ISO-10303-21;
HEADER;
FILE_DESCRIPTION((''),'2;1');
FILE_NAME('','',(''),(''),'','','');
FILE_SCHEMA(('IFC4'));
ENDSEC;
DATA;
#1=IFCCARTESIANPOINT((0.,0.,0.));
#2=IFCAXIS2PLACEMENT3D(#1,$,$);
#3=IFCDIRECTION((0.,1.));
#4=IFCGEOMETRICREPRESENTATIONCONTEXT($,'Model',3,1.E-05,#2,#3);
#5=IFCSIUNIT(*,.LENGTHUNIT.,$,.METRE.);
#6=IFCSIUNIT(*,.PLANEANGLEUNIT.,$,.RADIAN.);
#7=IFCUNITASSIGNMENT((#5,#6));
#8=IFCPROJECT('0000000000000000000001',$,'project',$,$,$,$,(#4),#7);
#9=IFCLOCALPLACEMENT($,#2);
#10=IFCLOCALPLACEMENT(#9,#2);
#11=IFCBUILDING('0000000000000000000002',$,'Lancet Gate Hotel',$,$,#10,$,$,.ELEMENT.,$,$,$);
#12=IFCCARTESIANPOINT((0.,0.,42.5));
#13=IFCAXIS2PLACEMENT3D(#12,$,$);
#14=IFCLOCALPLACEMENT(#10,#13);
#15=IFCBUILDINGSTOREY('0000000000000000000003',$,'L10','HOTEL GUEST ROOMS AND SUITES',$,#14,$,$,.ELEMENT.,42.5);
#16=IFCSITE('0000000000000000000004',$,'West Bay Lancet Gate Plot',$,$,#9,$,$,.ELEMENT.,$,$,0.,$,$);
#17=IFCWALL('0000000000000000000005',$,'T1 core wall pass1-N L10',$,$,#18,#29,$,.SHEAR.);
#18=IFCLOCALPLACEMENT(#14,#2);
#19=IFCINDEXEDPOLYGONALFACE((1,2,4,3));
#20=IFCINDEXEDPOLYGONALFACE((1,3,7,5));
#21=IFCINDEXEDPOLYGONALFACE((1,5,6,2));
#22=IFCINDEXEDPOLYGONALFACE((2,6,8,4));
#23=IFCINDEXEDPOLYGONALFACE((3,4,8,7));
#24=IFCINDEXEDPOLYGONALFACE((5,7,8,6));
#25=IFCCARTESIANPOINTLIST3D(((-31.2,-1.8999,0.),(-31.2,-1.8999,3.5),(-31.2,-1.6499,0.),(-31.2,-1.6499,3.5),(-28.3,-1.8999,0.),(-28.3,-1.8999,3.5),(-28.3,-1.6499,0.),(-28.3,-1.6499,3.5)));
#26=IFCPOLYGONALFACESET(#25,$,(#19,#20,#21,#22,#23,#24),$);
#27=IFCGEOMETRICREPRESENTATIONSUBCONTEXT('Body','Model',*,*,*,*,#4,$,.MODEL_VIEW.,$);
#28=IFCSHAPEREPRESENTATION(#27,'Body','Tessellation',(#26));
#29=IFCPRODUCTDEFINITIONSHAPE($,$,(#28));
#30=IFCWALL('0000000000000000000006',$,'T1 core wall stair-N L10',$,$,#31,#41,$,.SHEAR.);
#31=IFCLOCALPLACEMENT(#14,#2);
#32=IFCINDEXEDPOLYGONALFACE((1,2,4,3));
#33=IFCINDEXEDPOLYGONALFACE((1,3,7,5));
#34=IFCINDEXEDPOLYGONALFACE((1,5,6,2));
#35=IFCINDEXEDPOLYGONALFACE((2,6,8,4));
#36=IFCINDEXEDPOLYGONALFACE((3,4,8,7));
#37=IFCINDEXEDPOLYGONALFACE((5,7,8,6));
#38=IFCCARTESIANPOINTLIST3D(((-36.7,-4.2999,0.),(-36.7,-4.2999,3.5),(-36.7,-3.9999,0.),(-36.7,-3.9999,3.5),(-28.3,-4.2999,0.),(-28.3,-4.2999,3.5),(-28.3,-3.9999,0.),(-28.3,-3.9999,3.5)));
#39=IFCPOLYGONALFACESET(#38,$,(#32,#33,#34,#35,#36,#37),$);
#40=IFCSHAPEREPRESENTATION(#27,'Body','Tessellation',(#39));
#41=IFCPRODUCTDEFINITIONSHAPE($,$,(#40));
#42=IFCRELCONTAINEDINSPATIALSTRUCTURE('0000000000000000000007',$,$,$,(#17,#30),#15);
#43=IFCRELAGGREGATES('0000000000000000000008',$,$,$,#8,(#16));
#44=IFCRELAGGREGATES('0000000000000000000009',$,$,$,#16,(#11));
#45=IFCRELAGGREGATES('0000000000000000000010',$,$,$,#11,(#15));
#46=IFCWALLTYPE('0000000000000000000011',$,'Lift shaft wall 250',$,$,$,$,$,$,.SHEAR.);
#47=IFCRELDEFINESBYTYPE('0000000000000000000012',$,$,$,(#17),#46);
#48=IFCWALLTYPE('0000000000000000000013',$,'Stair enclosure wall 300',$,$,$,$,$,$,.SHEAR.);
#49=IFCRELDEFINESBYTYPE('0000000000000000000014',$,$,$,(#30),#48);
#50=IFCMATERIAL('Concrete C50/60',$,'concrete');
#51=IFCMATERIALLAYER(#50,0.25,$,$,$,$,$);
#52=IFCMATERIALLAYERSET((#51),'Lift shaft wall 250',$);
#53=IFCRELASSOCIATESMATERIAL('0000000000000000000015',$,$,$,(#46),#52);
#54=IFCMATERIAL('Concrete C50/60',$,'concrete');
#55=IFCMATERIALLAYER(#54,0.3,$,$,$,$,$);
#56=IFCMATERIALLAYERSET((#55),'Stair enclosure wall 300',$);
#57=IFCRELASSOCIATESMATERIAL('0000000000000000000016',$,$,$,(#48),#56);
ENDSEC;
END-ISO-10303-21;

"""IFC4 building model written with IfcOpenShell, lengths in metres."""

from ifc_helpers import new_model, si_unit, direction, frame, frame_2d, origin, place, context, subcontext, project, spatial, rectangle, extrude, material, layer, layer_set, type_object, element, save


model = new_model("IFC4")

# Units and contexts
model_context = context("Model", 3, precision=1e-05, world=origin(), true_north=direction((0.0, 1.0)))
body_context = subcontext(model_context, "Body", "Model", "MODEL_VIEW")
ifc_project = project(units=[si_unit("LENGTHUNIT", "METRE"), si_unit("PLANEANGLEUNIT", "RADIAN")], contexts=[model_context])

# Site, building, storey
site_placement = place(None, origin())
site = spatial("IfcSite", under=ifc_project, at=site_placement, Name="West Bay Lancet Gate Plot", CompositionType="ELEMENT", RefElevation=0.0)
building_placement = place(site_placement, origin())
building = spatial("IfcBuilding", under=site, at=building_placement, Name="Lancet Gate Hotel", CompositionType="ELEMENT")
storey_placement = place(building_placement, frame((0.0, 0.0, 42.5)))
storey = spatial("IfcBuildingStorey", under=building, at=storey_placement, Name="L10", Description="HOTEL GUEST ROOMS AND SUITES", CompositionType="ELEMENT", Elevation=42.5)

# Walls
ifc_material_1 = material(Name="Concrete C50/60", Category="concrete")
ifc_layer_1 = layer(ifc_material_1, 0.25)
ifc_layer_set_1 = layer_set([ifc_layer_1], Name="Lift shaft wall 250")
wall_type_1 = type_object("IfcWallType", Name="Lift shaft wall 250", PredefinedType="SHEAR", material=ifc_layer_set_1)
wall_1_placement = place(storey_placement, frame((-28.3, -1.7749, 0.0), z_axis=(0.0, 0.0, 1.0), x_axis=(-1.0, 0.0, 0.0)))
element("IfcWall", 1, at=wall_1_placement, inside=storey, type_object=wall_type_1, Name="T1 core wall pass1-N L10", PredefinedType="SHEAR", context=body_context, shape_type="SweptSolid", body=[
    extrude(rectangle(XDim=2.8999, YDim=0.25, at=frame_2d((1.45, 0.0))), origin(), (0.0, 0.0, 1.0), 3.5),
])
ifc_material_2 = material(Name="Concrete C50/60", Category="concrete")
ifc_layer_2 = layer(ifc_material_2, 0.3)
ifc_layer_set_2 = layer_set([ifc_layer_2], Name="Stair enclosure wall 300")
wall_type_2 = type_object("IfcWallType", Name="Stair enclosure wall 300", PredefinedType="SHEAR", material=ifc_layer_set_2)
wall_2_placement = place(storey_placement, frame((-28.3, -4.1499, 0.0), z_axis=(0.0, 0.0, 1.0), x_axis=(-1.0, 0.0, 0.0)))
element("IfcWall", 2, at=wall_2_placement, inside=storey, type_object=wall_type_2, Name="T1 core wall stair-N L10", PredefinedType="SHEAR", context=body_context, shape_type="SweptSolid", body=[
    extrude(rectangle(XDim=8.3999, YDim=0.3, at=frame_2d((4.2, 0.0))), origin(), (0.0, 0.0, 1.0), 3.5),
])

save(model, "model.ifc")
